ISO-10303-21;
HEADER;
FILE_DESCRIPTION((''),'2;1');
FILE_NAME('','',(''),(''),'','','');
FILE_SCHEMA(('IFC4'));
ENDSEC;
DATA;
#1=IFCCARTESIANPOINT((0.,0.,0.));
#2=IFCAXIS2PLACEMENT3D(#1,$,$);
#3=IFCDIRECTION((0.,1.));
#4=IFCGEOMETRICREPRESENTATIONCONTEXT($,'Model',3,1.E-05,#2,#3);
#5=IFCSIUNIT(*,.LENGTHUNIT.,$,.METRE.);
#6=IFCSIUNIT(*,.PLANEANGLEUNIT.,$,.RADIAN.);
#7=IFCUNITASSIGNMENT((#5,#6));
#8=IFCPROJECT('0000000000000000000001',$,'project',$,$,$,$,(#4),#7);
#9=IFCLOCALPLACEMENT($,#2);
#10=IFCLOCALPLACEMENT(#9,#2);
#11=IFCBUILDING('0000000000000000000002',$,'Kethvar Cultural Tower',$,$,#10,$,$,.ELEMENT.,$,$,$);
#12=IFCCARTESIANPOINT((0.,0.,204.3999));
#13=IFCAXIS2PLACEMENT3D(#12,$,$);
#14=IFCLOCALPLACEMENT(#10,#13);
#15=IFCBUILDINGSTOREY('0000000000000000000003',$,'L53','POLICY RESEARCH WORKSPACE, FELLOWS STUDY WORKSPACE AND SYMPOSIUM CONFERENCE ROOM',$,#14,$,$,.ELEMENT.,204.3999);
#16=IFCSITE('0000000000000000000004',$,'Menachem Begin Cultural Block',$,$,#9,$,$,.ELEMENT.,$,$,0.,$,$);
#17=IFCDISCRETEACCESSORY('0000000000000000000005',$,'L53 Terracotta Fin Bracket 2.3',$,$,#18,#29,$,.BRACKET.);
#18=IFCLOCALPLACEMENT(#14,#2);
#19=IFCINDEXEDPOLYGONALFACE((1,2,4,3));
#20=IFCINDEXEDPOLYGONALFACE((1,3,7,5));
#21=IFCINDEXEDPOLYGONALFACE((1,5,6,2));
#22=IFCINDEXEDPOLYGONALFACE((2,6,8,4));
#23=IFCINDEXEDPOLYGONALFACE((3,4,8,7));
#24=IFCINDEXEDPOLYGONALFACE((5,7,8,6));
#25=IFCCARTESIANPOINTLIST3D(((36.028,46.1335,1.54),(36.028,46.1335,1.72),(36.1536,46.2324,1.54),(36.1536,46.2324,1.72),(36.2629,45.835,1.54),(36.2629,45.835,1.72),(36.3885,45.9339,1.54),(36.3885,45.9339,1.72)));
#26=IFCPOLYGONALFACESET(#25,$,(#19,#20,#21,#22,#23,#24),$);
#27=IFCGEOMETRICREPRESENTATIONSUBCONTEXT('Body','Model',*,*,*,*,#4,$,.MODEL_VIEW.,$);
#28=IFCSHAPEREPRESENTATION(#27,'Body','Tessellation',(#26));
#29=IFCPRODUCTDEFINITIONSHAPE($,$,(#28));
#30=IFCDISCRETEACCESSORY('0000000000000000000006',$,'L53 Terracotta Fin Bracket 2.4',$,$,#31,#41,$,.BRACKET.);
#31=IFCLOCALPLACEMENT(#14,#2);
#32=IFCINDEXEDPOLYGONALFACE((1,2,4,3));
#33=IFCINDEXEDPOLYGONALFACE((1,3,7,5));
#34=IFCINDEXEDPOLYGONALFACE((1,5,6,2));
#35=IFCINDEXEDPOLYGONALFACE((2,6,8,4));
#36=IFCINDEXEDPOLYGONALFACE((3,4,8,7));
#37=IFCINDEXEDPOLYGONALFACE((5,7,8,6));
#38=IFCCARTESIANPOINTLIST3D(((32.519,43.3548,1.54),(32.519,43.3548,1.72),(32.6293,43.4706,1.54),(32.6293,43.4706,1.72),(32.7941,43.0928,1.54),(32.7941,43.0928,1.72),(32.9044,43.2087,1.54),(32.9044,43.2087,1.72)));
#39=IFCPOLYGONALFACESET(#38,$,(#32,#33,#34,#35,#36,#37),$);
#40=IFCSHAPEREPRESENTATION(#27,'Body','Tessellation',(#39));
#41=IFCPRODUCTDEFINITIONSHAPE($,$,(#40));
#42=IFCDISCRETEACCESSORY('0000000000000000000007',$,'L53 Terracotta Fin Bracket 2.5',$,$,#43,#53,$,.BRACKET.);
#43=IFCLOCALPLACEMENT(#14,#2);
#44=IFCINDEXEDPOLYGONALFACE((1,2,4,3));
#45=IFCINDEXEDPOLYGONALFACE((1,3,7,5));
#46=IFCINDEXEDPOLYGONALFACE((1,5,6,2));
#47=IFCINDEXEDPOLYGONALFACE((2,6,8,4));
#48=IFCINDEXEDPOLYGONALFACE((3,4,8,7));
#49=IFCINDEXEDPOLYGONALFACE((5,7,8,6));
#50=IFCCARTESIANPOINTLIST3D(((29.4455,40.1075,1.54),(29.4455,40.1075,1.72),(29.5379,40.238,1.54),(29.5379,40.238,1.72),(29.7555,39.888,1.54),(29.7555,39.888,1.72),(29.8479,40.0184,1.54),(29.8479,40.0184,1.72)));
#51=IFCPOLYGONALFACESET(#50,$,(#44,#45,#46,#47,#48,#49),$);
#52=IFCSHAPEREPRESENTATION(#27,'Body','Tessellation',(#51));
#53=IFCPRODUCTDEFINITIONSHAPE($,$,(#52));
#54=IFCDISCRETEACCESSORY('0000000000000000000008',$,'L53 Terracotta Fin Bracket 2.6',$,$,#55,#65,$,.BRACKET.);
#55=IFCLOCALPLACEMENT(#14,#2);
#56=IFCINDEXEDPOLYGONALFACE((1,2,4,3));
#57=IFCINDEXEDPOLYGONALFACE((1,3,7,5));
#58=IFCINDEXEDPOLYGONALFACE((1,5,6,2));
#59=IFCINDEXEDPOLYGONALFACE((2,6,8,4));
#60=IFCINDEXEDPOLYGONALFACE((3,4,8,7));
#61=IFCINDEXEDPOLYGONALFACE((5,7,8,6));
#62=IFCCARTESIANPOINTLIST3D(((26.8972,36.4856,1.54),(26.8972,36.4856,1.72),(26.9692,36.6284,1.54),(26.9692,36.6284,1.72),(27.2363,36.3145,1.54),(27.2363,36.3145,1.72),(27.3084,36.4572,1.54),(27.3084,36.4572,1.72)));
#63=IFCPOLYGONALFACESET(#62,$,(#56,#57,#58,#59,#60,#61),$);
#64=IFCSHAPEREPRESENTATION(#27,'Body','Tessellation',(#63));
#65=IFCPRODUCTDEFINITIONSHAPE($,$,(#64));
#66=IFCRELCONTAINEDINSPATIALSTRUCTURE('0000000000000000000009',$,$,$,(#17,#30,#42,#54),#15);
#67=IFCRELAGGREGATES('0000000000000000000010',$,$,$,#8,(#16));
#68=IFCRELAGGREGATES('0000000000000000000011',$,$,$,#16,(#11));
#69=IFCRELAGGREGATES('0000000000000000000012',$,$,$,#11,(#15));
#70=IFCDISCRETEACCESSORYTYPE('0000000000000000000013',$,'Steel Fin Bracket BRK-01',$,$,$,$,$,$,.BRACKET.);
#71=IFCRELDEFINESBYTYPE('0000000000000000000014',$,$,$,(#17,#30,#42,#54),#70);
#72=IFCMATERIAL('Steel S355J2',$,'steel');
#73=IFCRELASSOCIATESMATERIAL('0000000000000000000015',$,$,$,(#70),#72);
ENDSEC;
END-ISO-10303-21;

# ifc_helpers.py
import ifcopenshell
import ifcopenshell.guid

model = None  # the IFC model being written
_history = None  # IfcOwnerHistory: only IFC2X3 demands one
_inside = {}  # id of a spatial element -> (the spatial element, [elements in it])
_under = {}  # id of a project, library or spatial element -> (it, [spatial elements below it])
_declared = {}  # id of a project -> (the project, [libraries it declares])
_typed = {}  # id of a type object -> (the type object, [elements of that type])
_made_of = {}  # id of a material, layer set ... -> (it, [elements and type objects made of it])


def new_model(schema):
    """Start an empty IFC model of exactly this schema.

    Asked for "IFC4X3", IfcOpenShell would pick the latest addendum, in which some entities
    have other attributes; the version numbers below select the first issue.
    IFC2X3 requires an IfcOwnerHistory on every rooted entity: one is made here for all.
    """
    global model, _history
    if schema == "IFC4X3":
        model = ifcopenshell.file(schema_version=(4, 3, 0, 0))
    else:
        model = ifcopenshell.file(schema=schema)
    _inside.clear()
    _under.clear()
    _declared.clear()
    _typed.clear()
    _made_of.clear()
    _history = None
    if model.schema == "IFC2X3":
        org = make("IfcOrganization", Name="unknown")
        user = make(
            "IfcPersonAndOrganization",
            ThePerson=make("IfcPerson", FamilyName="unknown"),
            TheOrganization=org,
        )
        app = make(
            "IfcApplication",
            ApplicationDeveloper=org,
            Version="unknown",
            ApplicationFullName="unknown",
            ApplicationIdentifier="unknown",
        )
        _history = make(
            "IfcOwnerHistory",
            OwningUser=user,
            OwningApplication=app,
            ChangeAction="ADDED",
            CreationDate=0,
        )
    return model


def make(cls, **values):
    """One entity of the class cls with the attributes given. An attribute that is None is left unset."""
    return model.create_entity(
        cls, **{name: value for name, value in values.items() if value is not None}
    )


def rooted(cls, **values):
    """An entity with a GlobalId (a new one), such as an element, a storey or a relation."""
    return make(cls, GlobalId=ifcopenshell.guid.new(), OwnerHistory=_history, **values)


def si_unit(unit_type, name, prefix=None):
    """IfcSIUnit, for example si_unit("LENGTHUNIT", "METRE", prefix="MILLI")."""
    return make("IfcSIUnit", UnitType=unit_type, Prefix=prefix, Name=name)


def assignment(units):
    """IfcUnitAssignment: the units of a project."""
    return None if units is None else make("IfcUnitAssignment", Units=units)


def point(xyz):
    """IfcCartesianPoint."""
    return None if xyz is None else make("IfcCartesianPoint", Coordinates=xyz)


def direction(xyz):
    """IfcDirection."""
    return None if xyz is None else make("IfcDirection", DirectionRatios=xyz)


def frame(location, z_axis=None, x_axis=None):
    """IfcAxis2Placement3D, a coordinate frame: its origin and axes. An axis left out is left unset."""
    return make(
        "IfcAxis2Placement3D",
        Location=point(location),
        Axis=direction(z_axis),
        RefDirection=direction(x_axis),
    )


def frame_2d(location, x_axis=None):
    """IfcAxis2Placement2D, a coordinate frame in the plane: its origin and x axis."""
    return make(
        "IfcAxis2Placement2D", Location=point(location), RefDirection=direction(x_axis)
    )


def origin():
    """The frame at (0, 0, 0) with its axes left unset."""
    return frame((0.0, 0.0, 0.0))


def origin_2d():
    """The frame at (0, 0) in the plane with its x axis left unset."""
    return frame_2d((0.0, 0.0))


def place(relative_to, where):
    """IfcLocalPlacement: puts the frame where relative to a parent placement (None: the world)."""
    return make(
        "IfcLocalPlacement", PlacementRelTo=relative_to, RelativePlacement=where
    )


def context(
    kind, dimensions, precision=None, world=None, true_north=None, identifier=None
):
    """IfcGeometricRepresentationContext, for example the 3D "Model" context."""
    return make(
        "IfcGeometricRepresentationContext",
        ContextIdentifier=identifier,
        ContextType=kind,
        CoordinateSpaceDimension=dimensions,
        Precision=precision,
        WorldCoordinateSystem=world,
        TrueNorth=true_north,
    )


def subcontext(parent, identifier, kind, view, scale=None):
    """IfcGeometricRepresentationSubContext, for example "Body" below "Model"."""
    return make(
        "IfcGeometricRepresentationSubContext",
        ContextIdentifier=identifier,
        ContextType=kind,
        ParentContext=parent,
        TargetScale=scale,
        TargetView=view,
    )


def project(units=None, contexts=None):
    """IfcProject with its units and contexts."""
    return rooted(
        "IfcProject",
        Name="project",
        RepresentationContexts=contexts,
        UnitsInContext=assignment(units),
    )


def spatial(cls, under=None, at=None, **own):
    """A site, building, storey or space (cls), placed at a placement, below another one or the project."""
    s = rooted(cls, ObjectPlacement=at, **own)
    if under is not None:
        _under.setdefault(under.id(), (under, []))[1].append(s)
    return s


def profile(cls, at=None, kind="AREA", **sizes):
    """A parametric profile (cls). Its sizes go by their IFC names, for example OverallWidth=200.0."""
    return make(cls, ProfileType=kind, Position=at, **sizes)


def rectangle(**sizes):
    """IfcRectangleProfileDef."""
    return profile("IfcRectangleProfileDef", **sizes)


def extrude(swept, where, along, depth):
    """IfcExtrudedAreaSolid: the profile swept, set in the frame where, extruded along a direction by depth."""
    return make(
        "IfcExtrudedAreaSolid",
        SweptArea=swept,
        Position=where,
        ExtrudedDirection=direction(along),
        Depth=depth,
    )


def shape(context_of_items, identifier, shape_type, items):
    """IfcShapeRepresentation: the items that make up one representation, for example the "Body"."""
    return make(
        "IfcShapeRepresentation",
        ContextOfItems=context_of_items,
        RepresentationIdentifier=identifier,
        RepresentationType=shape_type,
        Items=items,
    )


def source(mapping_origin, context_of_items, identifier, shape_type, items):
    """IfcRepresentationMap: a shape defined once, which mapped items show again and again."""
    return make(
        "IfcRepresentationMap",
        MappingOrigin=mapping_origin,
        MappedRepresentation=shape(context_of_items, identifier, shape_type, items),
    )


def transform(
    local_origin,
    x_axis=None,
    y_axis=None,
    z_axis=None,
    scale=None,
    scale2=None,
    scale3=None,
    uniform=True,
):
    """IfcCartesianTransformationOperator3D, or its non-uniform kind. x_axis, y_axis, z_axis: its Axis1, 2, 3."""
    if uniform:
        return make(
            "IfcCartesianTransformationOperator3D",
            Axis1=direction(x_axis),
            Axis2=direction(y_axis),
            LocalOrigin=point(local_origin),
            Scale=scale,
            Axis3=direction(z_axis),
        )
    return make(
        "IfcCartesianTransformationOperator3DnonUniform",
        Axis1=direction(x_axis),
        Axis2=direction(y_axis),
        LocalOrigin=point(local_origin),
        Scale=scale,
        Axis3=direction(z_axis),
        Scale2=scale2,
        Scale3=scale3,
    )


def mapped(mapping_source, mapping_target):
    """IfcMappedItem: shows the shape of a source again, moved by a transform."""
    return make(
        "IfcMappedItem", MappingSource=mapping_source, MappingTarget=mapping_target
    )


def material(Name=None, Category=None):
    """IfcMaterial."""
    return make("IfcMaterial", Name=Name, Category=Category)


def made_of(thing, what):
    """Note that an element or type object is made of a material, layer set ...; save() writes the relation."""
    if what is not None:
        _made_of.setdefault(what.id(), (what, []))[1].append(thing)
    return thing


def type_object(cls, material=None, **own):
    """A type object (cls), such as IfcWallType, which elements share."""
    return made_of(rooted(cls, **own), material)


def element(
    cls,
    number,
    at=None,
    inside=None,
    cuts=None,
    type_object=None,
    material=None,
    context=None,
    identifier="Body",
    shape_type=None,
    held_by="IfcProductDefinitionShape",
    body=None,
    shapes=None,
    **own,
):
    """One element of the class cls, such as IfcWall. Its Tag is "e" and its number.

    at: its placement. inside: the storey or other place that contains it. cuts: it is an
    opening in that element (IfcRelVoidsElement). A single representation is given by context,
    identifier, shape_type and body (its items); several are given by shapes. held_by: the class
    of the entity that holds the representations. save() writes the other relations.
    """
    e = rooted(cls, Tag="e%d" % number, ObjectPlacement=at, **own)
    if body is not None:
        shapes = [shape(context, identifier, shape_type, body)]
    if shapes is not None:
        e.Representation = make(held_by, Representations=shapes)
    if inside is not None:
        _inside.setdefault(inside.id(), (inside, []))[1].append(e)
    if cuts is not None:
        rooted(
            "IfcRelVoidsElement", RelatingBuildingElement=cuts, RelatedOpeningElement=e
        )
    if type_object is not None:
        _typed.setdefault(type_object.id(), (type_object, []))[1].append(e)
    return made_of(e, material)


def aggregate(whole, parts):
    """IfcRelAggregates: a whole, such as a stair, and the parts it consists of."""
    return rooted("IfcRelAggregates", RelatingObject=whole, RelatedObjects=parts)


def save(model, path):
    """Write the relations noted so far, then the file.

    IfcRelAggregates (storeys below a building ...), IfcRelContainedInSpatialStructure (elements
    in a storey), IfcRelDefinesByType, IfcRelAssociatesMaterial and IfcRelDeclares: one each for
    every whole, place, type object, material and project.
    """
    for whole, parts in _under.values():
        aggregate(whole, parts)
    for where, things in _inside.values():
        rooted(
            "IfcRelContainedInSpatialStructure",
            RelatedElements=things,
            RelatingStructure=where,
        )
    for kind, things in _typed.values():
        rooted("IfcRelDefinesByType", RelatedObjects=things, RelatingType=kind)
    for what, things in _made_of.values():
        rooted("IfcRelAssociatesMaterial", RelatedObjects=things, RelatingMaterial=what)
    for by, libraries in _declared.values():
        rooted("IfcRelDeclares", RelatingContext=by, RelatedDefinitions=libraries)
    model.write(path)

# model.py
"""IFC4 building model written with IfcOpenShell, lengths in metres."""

from ifc_helpers import new_model, si_unit, direction, frame, origin, origin_2d, place, context, subcontext, project, spatial, rectangle, extrude, source, transform, mapped, material, type_object, element, save


model = new_model("IFC4")

# Units and contexts
model_context = context("Model", 3, precision=1e-05, world=origin(), true_north=direction((0.0, 1.0)))
body_context = subcontext(model_context, "Body", "Model", "MODEL_VIEW")
ifc_project = project(units=[si_unit("LENGTHUNIT", "METRE"), si_unit("PLANEANGLEUNIT", "RADIAN")], contexts=[model_context])

# Site, building, storey
site_placement = place(None, origin())
site = spatial("IfcSite", under=ifc_project, at=site_placement, Name="Menachem Begin Cultural Block", CompositionType="ELEMENT", RefElevation=0.0)
building_placement = place(site_placement, origin())
building = spatial("IfcBuilding", under=site, at=building_placement, Name="Kethvar Cultural Tower", CompositionType="ELEMENT")
storey_placement = place(building_placement, frame((0.0, 0.0, 204.3999)))
storey = spatial("IfcBuildingStorey", under=building, at=storey_placement, Name="L53", Description="POLICY RESEARCH WORKSPACE, FELLOWS STUDY WORKSPACE AND SYMPOSIUM CONFERENCE ROOM", CompositionType="ELEMENT", Elevation=204.3999)

# Shared definitions
ifc_material_1 = material(Name="Steel S355J2", Category="steel")

# Discrete accessories
discrete_accessory_type = type_object("IfcDiscreteAccessoryType", Name="Steel Fin Bracket BRK-01", PredefinedType="BRACKET", material=ifc_material_1)
shared_shape_1 = source(origin(), body_context, "Body", "SweptSolid", [
    extrude(rectangle(XDim=0.3799, YDim=0.1599, at=origin_2d()), origin(), (0.0, 0.0, 1.0), 0.1799),
])
for number, where, z_axis, x_axis, name in (
    (1, (36.2083, 46.0337, 1.54), (0.0, 0.0, 1.0), (-0.618408, 0.785857, 0.0), "L53 Terracotta Fin Bracket 2.3"),
    (2, (32.7117, 43.2817, 1.54), (0.0, 0.0, 1.0), (-0.724172, 0.68962, 0.0), "L53 Terracotta Fin Bracket 2.4"),
    (3, (29.6467, 40.063, 1.54), (0.0, 0.0, 1.0), (-0.816037, 0.578, 0.0), "L53 Terracotta Fin Bracket 2.5"),
    (4, (27.1028, 36.4714, 1.54), (0.0, 0.0, 1.0), (-0.892743, 0.450566, 0.0), "L53 Terracotta Fin Bracket 2.6"),
):
    element("IfcDiscreteAccessory", number, at=place(storey_placement, frame(where, z_axis=z_axis, x_axis=x_axis)), inside=storey, type_object=discrete_accessory_type, Name=name, PredefinedType="BRACKET", context=body_context, shape_type="MappedRepresentation", body=[
        mapped(shared_shape_1, transform((0.0, 0.0, 0.0), scale=1.0)),
    ])

save(model, "model.ifc")
